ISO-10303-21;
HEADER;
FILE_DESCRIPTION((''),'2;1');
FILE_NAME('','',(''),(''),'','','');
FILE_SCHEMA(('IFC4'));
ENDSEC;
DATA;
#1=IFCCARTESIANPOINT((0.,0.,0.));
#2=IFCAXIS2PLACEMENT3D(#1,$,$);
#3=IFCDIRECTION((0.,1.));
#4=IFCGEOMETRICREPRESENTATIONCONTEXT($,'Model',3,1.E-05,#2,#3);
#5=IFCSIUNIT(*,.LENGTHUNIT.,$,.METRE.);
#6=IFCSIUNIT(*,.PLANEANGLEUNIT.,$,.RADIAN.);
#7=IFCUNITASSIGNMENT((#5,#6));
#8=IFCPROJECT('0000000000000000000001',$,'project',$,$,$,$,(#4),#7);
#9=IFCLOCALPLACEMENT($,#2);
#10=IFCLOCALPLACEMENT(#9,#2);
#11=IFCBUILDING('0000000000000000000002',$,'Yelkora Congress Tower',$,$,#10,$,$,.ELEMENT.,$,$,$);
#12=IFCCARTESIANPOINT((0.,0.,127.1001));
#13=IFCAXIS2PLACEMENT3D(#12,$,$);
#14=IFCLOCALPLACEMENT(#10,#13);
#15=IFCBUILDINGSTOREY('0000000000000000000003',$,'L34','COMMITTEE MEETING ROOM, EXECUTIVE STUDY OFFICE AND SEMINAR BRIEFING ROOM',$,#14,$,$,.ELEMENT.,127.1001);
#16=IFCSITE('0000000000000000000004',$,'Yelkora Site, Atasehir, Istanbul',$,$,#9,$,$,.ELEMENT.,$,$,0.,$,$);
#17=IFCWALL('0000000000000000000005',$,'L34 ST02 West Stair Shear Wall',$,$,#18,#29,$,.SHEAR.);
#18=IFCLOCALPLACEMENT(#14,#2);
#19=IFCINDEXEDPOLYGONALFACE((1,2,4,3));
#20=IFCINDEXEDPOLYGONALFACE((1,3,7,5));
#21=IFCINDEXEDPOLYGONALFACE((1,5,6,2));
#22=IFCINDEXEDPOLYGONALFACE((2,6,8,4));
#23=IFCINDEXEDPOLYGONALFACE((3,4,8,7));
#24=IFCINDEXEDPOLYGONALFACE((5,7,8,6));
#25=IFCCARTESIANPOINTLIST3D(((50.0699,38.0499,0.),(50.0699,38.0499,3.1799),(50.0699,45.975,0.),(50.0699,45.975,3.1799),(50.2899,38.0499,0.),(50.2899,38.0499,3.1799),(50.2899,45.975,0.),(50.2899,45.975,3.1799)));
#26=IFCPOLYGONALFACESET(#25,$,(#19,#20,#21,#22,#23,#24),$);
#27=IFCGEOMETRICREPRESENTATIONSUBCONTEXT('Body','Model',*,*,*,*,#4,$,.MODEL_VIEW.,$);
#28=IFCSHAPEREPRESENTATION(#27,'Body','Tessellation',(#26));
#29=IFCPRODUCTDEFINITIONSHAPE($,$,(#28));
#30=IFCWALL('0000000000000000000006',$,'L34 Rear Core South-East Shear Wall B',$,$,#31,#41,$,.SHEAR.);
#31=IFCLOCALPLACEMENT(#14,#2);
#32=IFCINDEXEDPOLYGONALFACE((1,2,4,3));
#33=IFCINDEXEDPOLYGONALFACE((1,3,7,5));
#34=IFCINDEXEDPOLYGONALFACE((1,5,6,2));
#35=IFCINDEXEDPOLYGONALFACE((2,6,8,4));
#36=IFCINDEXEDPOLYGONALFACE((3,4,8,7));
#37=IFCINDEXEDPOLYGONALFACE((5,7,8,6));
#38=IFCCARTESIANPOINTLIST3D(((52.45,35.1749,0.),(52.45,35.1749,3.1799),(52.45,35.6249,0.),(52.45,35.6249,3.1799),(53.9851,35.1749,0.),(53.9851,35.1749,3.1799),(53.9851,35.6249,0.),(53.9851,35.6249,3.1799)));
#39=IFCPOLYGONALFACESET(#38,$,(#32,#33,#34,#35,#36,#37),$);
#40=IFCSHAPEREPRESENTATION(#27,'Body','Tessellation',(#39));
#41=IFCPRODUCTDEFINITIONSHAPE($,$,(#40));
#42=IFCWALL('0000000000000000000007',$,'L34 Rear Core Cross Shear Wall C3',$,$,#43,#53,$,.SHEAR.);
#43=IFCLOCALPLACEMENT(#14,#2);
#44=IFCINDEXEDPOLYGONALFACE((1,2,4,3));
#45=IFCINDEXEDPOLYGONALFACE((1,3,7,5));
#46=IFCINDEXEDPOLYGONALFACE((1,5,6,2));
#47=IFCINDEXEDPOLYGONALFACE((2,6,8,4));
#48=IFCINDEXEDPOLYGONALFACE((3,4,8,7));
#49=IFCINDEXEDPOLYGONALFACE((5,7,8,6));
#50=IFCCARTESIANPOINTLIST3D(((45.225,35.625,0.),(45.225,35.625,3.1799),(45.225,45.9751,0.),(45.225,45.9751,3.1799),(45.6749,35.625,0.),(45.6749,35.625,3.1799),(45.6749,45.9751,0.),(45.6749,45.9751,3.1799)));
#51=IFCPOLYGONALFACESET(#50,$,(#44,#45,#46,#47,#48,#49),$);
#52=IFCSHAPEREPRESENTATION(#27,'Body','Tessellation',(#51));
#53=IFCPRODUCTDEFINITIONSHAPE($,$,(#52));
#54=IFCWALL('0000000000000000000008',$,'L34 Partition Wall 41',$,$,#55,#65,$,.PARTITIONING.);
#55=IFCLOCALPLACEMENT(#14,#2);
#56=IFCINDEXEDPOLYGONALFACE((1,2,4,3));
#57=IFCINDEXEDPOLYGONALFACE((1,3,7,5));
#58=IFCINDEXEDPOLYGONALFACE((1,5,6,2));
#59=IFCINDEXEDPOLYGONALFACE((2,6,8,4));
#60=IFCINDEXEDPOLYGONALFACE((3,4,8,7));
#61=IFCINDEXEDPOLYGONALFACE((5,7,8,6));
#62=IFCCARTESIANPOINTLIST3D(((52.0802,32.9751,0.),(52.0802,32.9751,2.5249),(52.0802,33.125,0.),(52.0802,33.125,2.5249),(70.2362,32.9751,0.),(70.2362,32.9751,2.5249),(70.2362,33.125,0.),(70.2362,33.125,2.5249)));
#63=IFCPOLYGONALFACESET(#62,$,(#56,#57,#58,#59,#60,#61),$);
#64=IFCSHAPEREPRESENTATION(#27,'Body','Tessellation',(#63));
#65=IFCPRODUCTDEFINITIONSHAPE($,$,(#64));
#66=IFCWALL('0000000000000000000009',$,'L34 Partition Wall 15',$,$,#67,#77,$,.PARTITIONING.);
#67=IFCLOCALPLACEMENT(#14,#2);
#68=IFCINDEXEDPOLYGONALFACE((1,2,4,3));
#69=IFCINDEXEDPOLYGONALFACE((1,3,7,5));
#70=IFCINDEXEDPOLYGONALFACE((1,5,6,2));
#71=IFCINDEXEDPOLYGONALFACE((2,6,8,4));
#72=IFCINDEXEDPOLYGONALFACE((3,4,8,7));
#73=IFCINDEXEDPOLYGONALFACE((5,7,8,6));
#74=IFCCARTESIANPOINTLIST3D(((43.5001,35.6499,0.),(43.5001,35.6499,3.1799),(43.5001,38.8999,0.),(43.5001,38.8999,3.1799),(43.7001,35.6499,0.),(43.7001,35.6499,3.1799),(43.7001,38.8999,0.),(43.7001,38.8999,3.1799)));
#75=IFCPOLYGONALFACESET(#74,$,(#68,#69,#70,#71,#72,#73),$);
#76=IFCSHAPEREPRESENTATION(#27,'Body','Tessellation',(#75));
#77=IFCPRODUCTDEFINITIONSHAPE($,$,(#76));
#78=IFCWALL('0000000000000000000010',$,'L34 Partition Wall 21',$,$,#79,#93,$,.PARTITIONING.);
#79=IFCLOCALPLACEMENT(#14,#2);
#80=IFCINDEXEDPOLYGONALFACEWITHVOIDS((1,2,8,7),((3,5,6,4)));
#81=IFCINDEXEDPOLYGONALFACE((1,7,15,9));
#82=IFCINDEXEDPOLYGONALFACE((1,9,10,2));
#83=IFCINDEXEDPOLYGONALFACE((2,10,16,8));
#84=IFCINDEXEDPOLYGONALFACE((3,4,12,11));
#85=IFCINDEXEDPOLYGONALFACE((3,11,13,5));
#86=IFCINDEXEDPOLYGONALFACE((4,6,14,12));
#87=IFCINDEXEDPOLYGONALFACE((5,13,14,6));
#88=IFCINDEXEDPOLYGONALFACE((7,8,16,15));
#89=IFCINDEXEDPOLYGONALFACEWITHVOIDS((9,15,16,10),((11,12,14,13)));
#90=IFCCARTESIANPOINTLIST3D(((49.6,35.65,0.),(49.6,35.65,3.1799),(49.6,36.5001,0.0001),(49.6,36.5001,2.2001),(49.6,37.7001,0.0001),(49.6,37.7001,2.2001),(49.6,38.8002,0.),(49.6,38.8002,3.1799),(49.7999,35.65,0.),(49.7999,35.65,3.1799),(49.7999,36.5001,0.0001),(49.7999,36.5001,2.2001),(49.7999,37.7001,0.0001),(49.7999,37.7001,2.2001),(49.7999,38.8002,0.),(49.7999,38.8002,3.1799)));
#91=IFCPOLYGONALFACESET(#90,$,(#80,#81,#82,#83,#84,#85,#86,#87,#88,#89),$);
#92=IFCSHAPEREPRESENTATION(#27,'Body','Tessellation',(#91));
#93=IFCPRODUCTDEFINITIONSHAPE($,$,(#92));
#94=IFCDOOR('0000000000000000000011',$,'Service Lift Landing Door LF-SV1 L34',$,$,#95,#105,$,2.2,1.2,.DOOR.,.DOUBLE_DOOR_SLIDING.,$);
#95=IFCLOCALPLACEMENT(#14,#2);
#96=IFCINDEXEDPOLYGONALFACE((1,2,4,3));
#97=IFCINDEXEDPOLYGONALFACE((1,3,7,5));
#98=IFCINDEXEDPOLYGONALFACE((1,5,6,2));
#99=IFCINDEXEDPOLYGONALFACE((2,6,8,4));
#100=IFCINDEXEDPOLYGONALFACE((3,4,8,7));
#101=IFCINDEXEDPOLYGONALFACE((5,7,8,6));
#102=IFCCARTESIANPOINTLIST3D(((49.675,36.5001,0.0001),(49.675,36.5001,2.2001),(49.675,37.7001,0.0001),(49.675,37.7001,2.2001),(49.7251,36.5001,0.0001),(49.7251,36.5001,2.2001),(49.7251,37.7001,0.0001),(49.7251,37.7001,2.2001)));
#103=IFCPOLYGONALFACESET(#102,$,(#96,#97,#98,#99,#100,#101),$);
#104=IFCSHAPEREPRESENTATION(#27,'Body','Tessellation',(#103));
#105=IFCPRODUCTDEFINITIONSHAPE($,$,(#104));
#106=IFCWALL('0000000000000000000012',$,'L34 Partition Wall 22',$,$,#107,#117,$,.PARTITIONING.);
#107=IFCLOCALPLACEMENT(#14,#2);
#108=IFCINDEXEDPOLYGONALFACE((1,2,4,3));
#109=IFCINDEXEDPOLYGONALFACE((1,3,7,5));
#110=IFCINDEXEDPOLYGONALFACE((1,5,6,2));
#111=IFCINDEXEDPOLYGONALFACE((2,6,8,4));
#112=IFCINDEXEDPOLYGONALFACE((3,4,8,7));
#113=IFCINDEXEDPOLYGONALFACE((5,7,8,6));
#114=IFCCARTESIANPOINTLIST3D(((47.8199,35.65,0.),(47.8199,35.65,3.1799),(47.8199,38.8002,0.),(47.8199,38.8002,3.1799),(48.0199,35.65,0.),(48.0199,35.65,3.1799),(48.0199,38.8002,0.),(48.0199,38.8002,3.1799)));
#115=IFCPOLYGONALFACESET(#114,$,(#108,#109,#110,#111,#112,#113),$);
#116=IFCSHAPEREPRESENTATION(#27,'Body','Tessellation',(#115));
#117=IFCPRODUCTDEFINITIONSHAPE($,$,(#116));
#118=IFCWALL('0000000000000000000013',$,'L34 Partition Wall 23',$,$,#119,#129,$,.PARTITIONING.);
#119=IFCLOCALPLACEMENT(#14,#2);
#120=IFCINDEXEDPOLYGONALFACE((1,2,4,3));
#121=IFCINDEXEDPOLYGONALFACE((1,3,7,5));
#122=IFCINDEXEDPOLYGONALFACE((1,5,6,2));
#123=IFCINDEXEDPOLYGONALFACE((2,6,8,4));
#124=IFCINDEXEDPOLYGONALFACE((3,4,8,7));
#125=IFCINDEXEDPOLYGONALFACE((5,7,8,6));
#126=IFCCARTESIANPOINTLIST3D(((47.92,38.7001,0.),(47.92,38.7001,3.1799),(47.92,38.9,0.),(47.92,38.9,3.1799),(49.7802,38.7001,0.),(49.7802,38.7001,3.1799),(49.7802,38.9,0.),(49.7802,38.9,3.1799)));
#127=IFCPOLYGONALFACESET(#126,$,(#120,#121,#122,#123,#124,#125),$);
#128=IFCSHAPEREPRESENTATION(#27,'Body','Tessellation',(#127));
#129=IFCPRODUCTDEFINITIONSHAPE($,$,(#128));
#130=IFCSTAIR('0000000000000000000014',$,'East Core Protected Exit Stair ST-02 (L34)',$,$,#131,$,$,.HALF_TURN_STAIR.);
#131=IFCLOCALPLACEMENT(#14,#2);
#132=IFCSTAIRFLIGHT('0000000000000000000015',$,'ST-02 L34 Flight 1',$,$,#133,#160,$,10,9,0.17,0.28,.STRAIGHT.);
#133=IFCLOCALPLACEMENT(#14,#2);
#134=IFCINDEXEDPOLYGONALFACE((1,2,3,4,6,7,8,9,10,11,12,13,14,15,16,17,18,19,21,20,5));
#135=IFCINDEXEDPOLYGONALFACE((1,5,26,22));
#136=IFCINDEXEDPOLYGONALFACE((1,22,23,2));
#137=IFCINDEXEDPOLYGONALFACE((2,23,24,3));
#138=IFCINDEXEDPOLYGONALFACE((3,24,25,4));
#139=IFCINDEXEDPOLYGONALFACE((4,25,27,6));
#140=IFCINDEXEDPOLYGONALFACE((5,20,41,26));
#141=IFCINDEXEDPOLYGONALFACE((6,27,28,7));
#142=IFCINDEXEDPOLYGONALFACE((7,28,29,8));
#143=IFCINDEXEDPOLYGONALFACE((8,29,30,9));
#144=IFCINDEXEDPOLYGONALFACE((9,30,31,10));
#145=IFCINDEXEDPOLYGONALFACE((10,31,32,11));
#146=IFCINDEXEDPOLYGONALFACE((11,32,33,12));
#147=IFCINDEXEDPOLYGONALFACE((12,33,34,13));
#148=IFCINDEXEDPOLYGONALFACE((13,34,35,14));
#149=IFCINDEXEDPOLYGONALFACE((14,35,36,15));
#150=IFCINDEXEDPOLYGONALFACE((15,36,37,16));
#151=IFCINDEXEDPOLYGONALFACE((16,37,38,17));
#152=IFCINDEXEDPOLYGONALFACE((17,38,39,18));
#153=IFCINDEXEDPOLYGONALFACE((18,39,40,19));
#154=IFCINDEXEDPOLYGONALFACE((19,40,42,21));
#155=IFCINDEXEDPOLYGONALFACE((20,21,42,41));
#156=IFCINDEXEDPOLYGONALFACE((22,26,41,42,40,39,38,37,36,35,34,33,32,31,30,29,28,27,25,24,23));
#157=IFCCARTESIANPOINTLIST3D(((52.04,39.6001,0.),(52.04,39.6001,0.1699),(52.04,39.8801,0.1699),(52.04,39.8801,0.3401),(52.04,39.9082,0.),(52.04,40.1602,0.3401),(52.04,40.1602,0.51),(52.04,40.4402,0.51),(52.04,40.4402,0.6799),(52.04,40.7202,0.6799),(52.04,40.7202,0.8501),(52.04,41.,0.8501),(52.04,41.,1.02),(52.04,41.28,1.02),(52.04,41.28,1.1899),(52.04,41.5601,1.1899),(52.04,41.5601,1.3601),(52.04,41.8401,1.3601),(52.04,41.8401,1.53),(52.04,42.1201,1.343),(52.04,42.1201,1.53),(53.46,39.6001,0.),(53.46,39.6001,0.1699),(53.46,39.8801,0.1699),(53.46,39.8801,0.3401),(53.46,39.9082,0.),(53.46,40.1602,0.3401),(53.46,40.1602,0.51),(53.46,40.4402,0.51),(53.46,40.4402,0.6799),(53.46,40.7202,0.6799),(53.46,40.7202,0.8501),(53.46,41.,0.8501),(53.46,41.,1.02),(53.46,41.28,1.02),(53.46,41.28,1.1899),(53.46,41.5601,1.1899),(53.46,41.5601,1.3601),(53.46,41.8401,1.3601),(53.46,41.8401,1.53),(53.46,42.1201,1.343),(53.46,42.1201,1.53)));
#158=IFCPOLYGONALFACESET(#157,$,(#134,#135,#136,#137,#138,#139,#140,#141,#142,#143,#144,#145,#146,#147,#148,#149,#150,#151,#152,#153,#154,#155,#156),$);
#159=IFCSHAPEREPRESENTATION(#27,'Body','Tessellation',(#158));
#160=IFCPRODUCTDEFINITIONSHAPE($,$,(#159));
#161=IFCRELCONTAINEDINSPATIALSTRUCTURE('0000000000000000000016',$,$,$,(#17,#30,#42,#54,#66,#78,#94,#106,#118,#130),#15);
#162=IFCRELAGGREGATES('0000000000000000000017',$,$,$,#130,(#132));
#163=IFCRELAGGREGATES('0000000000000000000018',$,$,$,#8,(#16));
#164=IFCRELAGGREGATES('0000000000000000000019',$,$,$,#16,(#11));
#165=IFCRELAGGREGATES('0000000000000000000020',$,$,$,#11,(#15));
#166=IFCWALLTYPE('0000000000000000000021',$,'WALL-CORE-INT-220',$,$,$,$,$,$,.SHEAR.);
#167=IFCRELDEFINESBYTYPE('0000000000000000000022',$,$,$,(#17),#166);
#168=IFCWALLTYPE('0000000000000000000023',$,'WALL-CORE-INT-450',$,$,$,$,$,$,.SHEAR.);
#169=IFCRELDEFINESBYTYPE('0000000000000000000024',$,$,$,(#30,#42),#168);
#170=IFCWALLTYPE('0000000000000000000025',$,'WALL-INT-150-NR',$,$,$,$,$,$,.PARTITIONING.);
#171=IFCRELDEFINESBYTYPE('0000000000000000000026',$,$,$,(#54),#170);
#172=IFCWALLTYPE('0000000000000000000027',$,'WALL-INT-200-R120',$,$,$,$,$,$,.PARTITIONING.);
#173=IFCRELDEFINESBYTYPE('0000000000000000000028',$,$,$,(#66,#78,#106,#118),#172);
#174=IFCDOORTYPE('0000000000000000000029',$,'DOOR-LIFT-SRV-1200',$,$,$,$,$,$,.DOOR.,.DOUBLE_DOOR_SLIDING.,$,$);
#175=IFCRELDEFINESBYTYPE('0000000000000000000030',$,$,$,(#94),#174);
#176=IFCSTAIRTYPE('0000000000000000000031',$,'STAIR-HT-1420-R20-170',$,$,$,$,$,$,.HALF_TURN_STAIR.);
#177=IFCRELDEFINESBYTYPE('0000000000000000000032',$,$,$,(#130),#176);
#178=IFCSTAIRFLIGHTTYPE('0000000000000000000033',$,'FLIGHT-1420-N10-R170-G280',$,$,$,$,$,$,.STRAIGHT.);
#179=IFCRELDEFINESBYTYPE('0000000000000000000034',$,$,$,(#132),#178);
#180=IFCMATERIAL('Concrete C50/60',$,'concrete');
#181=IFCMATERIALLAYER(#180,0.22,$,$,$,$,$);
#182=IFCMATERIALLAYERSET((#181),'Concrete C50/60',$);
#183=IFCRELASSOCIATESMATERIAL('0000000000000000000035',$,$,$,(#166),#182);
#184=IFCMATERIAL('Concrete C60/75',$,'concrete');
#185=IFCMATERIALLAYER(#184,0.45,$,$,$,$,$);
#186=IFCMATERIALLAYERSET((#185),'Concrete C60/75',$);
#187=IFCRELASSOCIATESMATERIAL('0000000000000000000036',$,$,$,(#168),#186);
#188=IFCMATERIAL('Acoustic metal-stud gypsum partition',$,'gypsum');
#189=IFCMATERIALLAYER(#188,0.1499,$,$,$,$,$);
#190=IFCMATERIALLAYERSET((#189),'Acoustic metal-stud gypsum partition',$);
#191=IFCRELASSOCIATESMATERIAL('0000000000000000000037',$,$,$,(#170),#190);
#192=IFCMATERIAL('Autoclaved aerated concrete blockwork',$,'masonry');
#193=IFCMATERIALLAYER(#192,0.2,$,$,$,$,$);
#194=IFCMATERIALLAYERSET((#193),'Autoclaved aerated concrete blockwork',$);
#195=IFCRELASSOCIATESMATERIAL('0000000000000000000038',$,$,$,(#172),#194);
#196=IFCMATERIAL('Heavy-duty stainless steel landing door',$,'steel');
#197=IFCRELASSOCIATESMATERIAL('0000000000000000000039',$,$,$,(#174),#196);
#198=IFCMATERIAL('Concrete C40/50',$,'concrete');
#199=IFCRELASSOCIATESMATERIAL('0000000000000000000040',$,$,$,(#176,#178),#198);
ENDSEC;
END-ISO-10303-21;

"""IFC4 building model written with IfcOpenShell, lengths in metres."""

from ifc_helpers import new_model, si_unit, direction, frame, frame_2d, origin, place, context, subcontext, project, spatial, polyline, rectangle, outline, extrude, material, layer, layer_set, type_object, element, fill, aggregate, save


model = new_model("IFC4")

# Units and contexts
model_context = context("Model", 3, precision=1e-05, world=origin(), true_north=direction((0.0, 1.0)))
body_context = subcontext(model_context, "Body", "Model", "MODEL_VIEW")
ifc_project = project(units=[si_unit("LENGTHUNIT", "METRE"), si_unit("PLANEANGLEUNIT", "RADIAN")], contexts=[model_context])

# Site, building, storey
site_placement = place(None, origin())
site = spatial("IfcSite", under=ifc_project, at=site_placement, Name="Yelkora Site, Atasehir, Istanbul", CompositionType="ELEMENT", RefElevation=0.0)
building_placement = place(site_placement, origin())
building = spatial("IfcBuilding", under=site, at=building_placement, Name="Yelkora Congress Tower", CompositionType="ELEMENT")
storey_placement = place(building_placement, frame((0.0, 0.0, 127.1001)))
storey = spatial("IfcBuildingStorey", under=building, at=storey_placement, Name="L34", Description="COMMITTEE MEETING ROOM, EXECUTIVE STUDY OFFICE AND SEMINAR BRIEFING ROOM", CompositionType="ELEMENT", Elevation=127.1001)

# Wall
ifc_material_1 = material(Name="Concrete C50/60", Category="concrete")
ifc_layer_1 = layer(ifc_material_1, 0.22)
ifc_layer_set_1 = layer_set([ifc_layer_1], Name="Concrete C50/60")
wall_type_1 = type_object("IfcWallType", Name="WALL-CORE-INT-220", PredefinedType="SHEAR", material=ifc_layer_set_1)
wall_1_placement = place(storey_placement, frame((50.1799, 38.05, 0.0), z_axis=(0.0, 0.0, 1.0), x_axis=(0.0, 1.0, 0.0)))
element("IfcWall", 1, at=wall_1_placement, inside=storey, type_object=wall_type_1, Name="L34 ST02 West Stair Shear Wall", PredefinedType="SHEAR", context=body_context, shape_type="SweptSolid", body=[
    extrude(rectangle(XDim=7.925, YDim=0.22, at=frame_2d((3.9624, 0.0))), origin(), (0.0, 0.0, 1.0), 3.1799),
])

# Shared definitions
ifc_material_2 = material(Name="Concrete C60/75", Category="concrete")
ifc_layer_2 = layer(ifc_material_2, 0.45)
ifc_layer_set_2 = layer_set([ifc_layer_2], Name="Concrete C60/75")
wall_type_2 = type_object("IfcWallType", Name="WALL-CORE-INT-450", PredefinedType="SHEAR", material=ifc_layer_set_2)

# Walls
wall_2_placement = place(storey_placement, frame((52.45, 35.3999, 0.0), z_axis=(0.0, 0.0, 1.0), x_axis=(1.0, 0.0, 0.0)))
element("IfcWall", 2, at=wall_2_placement, inside=storey, type_object=wall_type_2, Name="L34 Rear Core South-East Shear Wall B", PredefinedType="SHEAR", context=body_context, shape_type="SweptSolid", body=[
    extrude(rectangle(XDim=1.5352, YDim=0.45, at=frame_2d((0.7676, 0.0))), origin(), (0.0, 0.0, 1.0), 3.1799),
])
wall_3_placement = place(storey_placement, frame((45.45, 35.625, 0.0), z_axis=(0.0, 0.0, 1.0), x_axis=(0.0, 1.0, 0.0)))
element("IfcWall", 3, at=wall_3_placement, inside=storey, type_object=wall_type_2, Name="L34 Rear Core Cross Shear Wall C3", PredefinedType="SHEAR", context=body_context, shape_type="SweptSolid", body=[
    extrude(rectangle(XDim=10.3501, YDim=0.45, at=frame_2d((5.175, 0.0))), origin(), (0.0, 0.0, 1.0), 3.1799),
])

# Shared definitions
ifc_material_3 = material(Name="Acoustic metal-stud gypsum partition", Category="gypsum")
ifc_layer_3 = layer(ifc_material_3, 0.1499)
ifc_layer_set_3 = layer_set([ifc_layer_3], Name="Acoustic metal-stud gypsum partition")
wall_type_3 = type_object("IfcWallType", Name="WALL-INT-150-NR", PredefinedType="PARTITIONING", material=ifc_layer_set_3)

# Walls
wall_4_placement = place(storey_placement, frame((52.0801, 33.05, 0.0), z_axis=(0.0, 0.0, 1.0), x_axis=(1.0, 0.0, 0.0)))
element("IfcWall", 4, at=wall_4_placement, inside=storey, type_object=wall_type_3, Name="L34 Partition Wall 41", PredefinedType="PARTITIONING", context=body_context, shape_type="SweptSolid", body=[
    extrude(rectangle(XDim=18.156, YDim=0.1499, at=frame_2d((9.0781, 0.0))), origin(), (0.0, 0.0, 1.0), 2.5249),
])
ifc_material_4 = material(Name="Autoclaved aerated concrete blockwork", Category="masonry")
ifc_layer_4 = layer(ifc_material_4, 0.2)
ifc_layer_set_4 = layer_set([ifc_layer_4], Name="Autoclaved aerated concrete blockwork")
wall_type_4 = type_object("IfcWallType", Name="WALL-INT-200-R120", PredefinedType="PARTITIONING", material=ifc_layer_set_4)
wall_5_placement = place(storey_placement, frame((43.6001, 35.6499, 0.0), z_axis=(0.0, 0.0, 1.0), x_axis=(0.0, 1.0, 0.0)))
element("IfcWall", 5, at=wall_5_placement, inside=storey, type_object=wall_type_4, Name="L34 Partition Wall 15", PredefinedType="PARTITIONING", context=body_context, shape_type="SweptSolid", body=[
    extrude(rectangle(XDim=3.25, YDim=0.2, at=frame_2d((1.625, 0.0))), origin(), (0.0, 0.0, 1.0), 3.1799),
])

# Wall, opening, door
wall_6_placement = place(storey_placement, frame((49.7, 35.6499, 0.0), z_axis=(0.0, 0.0, 1.0), x_axis=(0.0, 1.0, 0.0)))
wall_6 = element("IfcWall", 6, at=wall_6_placement, inside=storey, type_object=wall_type_4, Name="L34 Partition Wall 21", PredefinedType="PARTITIONING", context=body_context, shape_type="SweptSolid", body=[
    extrude(rectangle(XDim=3.1501, YDim=0.2, at=frame_2d((1.5752, 0.0))), origin(), (0.0, 0.0, 1.0), 3.1799),
])
opening_1_placement = place(wall_6_placement, frame((0.8501, 0.0, 0.0)))
opening_1 = element("IfcOpeningElement", 7, at=opening_1_placement, cuts=wall_6, PredefinedType="OPENING", context=body_context, shape_type="SweptSolid", body=[
    extrude(rectangle(XDim=1.2, YDim=2.2, at=frame_2d((0.6001, 1.1001))), frame((0.0, 0.1099, 0.0), z_axis=(0.0, -1.0, 0.0), x_axis=(1.0, 0.0, 0.0)), (0.0, 0.0, 1.0), 0.22),
])
ifc_material_5 = material(Name="Heavy-duty stainless steel landing door", Category="steel")
door_type_1 = type_object("IfcDoorType", Name="DOOR-LIFT-SRV-1200", OperationType="DOUBLE_DOOR_SLIDING", PredefinedType="DOOR", material=ifc_material_5)
door_1_placement = place(opening_1_placement, origin())
door_1 = element("IfcDoor", 8, at=door_1_placement, inside=storey, type_object=door_type_1, Name="Service Lift Landing Door LF-SV1 L34", OperationType="DOUBLE_DOOR_SLIDING", OverallHeight=2.2, OverallWidth=1.2, PredefinedType="DOOR", context=body_context, shape_type="SweptSolid", body=[
    extrude(rectangle(XDim=1.2, YDim=2.2, at=frame_2d((0.6001, 1.1001))), frame((0.0, 0.0249, 0.0), z_axis=(0.0, -1.0, 0.0), x_axis=(1.0, 0.0, 0.0)), (0.0, 0.0, 1.0), 0.05),
])
fill(opening_1, door_1)

# Walls
wall_7_placement = place(storey_placement, frame((47.9199, 35.6499, 0.0), z_axis=(0.0, 0.0, 1.0), x_axis=(0.0, 1.0, 0.0)))
element("IfcWall", 9, at=wall_7_placement, inside=storey, type_object=wall_type_4, Name="L34 Partition Wall 22", PredefinedType="PARTITIONING", context=body_context, shape_type="SweptSolid", body=[
    extrude(rectangle(XDim=3.1501, YDim=0.2, at=frame_2d((1.5752, 0.0))), origin(), (0.0, 0.0, 1.0), 3.1799),
])
wall_8_placement = place(storey_placement, frame((47.9199, 38.8, 0.0), z_axis=(0.0, 0.0, 1.0), x_axis=(1.0, 0.0, 0.0)))
element("IfcWall", 10, at=wall_8_placement, inside=storey, type_object=wall_type_4, Name="L34 Partition Wall 23", PredefinedType="PARTITIONING", context=body_context, shape_type="SweptSolid", body=[
    extrude(rectangle(XDim=1.8601, YDim=0.2, at=frame_2d((0.9302, 0.0))), origin(), (0.0, 0.0, 1.0), 3.1799),
])

# Stair, stair flight
ifc_material_6 = material(Name="Concrete C40/50", Category="concrete")
stair_type = type_object("IfcStairType", Name="STAIR-HT-1420-R20-170", PredefinedType="HALF_TURN_STAIR", material=ifc_material_6)
stair_placement = place(storey_placement, origin())
stair = element("IfcStair", 11, at=stair_placement, inside=storey, type_object=stair_type, Name="East Core Protected Exit Stair ST-02 (L34)", PredefinedType="HALF_TURN_STAIR")
stair_flight_type = type_object("IfcStairFlightType", Name="FLIGHT-1420-N10-R170-G280", PredefinedType="STRAIGHT", material=ifc_material_6)
stair_flight_placement = place(storey_placement, frame((52.75, 39.6001, 0.0), z_axis=(0.0, 0.0, 1.0), x_axis=(0.0, 1.0, 0.0)))
stair_flight = element("IfcStairFlight", 12, at=stair_flight_placement, type_object=stair_flight_type, Name="ST-02 L34 Flight 1", NumberOfRisers=10, NumberOfTreads=9, PredefinedType="STRAIGHT", RiserHeight=0.17, TreadLength=0.28, context=body_context, shape_type="SweptSolid", body=[
    extrude(outline(polyline([(0.0, 0.0), (0.0, 0.1699), (0.28, 0.1699), (0.28, 0.3401), (0.5601, 0.3401), (0.5601, 0.51), (0.8401, 0.51), (0.8401, 0.6799), (1.1201, 0.6799), (1.1201, 0.8501), (1.3999, 0.8501), (1.3999, 1.02), (1.6799, 1.02), (1.6799, 1.1899), (1.96, 1.1899), (1.96, 1.3601), (2.24, 1.3601), (2.24, 1.53), (2.52, 1.53), (2.52, 1.7), (2.52, 1.343), (0.3081, 0.0), (0.0, 0.0)])), frame((0.0, 0.71, 0.0), z_axis=(0.0, -1.0, 0.0), x_axis=(1.0, 0.0, 0.0)), (0.0, 0.0, 1.0), 1.4199),
])
aggregate(stair, [stair_flight])

save(model, "model.ifc")
